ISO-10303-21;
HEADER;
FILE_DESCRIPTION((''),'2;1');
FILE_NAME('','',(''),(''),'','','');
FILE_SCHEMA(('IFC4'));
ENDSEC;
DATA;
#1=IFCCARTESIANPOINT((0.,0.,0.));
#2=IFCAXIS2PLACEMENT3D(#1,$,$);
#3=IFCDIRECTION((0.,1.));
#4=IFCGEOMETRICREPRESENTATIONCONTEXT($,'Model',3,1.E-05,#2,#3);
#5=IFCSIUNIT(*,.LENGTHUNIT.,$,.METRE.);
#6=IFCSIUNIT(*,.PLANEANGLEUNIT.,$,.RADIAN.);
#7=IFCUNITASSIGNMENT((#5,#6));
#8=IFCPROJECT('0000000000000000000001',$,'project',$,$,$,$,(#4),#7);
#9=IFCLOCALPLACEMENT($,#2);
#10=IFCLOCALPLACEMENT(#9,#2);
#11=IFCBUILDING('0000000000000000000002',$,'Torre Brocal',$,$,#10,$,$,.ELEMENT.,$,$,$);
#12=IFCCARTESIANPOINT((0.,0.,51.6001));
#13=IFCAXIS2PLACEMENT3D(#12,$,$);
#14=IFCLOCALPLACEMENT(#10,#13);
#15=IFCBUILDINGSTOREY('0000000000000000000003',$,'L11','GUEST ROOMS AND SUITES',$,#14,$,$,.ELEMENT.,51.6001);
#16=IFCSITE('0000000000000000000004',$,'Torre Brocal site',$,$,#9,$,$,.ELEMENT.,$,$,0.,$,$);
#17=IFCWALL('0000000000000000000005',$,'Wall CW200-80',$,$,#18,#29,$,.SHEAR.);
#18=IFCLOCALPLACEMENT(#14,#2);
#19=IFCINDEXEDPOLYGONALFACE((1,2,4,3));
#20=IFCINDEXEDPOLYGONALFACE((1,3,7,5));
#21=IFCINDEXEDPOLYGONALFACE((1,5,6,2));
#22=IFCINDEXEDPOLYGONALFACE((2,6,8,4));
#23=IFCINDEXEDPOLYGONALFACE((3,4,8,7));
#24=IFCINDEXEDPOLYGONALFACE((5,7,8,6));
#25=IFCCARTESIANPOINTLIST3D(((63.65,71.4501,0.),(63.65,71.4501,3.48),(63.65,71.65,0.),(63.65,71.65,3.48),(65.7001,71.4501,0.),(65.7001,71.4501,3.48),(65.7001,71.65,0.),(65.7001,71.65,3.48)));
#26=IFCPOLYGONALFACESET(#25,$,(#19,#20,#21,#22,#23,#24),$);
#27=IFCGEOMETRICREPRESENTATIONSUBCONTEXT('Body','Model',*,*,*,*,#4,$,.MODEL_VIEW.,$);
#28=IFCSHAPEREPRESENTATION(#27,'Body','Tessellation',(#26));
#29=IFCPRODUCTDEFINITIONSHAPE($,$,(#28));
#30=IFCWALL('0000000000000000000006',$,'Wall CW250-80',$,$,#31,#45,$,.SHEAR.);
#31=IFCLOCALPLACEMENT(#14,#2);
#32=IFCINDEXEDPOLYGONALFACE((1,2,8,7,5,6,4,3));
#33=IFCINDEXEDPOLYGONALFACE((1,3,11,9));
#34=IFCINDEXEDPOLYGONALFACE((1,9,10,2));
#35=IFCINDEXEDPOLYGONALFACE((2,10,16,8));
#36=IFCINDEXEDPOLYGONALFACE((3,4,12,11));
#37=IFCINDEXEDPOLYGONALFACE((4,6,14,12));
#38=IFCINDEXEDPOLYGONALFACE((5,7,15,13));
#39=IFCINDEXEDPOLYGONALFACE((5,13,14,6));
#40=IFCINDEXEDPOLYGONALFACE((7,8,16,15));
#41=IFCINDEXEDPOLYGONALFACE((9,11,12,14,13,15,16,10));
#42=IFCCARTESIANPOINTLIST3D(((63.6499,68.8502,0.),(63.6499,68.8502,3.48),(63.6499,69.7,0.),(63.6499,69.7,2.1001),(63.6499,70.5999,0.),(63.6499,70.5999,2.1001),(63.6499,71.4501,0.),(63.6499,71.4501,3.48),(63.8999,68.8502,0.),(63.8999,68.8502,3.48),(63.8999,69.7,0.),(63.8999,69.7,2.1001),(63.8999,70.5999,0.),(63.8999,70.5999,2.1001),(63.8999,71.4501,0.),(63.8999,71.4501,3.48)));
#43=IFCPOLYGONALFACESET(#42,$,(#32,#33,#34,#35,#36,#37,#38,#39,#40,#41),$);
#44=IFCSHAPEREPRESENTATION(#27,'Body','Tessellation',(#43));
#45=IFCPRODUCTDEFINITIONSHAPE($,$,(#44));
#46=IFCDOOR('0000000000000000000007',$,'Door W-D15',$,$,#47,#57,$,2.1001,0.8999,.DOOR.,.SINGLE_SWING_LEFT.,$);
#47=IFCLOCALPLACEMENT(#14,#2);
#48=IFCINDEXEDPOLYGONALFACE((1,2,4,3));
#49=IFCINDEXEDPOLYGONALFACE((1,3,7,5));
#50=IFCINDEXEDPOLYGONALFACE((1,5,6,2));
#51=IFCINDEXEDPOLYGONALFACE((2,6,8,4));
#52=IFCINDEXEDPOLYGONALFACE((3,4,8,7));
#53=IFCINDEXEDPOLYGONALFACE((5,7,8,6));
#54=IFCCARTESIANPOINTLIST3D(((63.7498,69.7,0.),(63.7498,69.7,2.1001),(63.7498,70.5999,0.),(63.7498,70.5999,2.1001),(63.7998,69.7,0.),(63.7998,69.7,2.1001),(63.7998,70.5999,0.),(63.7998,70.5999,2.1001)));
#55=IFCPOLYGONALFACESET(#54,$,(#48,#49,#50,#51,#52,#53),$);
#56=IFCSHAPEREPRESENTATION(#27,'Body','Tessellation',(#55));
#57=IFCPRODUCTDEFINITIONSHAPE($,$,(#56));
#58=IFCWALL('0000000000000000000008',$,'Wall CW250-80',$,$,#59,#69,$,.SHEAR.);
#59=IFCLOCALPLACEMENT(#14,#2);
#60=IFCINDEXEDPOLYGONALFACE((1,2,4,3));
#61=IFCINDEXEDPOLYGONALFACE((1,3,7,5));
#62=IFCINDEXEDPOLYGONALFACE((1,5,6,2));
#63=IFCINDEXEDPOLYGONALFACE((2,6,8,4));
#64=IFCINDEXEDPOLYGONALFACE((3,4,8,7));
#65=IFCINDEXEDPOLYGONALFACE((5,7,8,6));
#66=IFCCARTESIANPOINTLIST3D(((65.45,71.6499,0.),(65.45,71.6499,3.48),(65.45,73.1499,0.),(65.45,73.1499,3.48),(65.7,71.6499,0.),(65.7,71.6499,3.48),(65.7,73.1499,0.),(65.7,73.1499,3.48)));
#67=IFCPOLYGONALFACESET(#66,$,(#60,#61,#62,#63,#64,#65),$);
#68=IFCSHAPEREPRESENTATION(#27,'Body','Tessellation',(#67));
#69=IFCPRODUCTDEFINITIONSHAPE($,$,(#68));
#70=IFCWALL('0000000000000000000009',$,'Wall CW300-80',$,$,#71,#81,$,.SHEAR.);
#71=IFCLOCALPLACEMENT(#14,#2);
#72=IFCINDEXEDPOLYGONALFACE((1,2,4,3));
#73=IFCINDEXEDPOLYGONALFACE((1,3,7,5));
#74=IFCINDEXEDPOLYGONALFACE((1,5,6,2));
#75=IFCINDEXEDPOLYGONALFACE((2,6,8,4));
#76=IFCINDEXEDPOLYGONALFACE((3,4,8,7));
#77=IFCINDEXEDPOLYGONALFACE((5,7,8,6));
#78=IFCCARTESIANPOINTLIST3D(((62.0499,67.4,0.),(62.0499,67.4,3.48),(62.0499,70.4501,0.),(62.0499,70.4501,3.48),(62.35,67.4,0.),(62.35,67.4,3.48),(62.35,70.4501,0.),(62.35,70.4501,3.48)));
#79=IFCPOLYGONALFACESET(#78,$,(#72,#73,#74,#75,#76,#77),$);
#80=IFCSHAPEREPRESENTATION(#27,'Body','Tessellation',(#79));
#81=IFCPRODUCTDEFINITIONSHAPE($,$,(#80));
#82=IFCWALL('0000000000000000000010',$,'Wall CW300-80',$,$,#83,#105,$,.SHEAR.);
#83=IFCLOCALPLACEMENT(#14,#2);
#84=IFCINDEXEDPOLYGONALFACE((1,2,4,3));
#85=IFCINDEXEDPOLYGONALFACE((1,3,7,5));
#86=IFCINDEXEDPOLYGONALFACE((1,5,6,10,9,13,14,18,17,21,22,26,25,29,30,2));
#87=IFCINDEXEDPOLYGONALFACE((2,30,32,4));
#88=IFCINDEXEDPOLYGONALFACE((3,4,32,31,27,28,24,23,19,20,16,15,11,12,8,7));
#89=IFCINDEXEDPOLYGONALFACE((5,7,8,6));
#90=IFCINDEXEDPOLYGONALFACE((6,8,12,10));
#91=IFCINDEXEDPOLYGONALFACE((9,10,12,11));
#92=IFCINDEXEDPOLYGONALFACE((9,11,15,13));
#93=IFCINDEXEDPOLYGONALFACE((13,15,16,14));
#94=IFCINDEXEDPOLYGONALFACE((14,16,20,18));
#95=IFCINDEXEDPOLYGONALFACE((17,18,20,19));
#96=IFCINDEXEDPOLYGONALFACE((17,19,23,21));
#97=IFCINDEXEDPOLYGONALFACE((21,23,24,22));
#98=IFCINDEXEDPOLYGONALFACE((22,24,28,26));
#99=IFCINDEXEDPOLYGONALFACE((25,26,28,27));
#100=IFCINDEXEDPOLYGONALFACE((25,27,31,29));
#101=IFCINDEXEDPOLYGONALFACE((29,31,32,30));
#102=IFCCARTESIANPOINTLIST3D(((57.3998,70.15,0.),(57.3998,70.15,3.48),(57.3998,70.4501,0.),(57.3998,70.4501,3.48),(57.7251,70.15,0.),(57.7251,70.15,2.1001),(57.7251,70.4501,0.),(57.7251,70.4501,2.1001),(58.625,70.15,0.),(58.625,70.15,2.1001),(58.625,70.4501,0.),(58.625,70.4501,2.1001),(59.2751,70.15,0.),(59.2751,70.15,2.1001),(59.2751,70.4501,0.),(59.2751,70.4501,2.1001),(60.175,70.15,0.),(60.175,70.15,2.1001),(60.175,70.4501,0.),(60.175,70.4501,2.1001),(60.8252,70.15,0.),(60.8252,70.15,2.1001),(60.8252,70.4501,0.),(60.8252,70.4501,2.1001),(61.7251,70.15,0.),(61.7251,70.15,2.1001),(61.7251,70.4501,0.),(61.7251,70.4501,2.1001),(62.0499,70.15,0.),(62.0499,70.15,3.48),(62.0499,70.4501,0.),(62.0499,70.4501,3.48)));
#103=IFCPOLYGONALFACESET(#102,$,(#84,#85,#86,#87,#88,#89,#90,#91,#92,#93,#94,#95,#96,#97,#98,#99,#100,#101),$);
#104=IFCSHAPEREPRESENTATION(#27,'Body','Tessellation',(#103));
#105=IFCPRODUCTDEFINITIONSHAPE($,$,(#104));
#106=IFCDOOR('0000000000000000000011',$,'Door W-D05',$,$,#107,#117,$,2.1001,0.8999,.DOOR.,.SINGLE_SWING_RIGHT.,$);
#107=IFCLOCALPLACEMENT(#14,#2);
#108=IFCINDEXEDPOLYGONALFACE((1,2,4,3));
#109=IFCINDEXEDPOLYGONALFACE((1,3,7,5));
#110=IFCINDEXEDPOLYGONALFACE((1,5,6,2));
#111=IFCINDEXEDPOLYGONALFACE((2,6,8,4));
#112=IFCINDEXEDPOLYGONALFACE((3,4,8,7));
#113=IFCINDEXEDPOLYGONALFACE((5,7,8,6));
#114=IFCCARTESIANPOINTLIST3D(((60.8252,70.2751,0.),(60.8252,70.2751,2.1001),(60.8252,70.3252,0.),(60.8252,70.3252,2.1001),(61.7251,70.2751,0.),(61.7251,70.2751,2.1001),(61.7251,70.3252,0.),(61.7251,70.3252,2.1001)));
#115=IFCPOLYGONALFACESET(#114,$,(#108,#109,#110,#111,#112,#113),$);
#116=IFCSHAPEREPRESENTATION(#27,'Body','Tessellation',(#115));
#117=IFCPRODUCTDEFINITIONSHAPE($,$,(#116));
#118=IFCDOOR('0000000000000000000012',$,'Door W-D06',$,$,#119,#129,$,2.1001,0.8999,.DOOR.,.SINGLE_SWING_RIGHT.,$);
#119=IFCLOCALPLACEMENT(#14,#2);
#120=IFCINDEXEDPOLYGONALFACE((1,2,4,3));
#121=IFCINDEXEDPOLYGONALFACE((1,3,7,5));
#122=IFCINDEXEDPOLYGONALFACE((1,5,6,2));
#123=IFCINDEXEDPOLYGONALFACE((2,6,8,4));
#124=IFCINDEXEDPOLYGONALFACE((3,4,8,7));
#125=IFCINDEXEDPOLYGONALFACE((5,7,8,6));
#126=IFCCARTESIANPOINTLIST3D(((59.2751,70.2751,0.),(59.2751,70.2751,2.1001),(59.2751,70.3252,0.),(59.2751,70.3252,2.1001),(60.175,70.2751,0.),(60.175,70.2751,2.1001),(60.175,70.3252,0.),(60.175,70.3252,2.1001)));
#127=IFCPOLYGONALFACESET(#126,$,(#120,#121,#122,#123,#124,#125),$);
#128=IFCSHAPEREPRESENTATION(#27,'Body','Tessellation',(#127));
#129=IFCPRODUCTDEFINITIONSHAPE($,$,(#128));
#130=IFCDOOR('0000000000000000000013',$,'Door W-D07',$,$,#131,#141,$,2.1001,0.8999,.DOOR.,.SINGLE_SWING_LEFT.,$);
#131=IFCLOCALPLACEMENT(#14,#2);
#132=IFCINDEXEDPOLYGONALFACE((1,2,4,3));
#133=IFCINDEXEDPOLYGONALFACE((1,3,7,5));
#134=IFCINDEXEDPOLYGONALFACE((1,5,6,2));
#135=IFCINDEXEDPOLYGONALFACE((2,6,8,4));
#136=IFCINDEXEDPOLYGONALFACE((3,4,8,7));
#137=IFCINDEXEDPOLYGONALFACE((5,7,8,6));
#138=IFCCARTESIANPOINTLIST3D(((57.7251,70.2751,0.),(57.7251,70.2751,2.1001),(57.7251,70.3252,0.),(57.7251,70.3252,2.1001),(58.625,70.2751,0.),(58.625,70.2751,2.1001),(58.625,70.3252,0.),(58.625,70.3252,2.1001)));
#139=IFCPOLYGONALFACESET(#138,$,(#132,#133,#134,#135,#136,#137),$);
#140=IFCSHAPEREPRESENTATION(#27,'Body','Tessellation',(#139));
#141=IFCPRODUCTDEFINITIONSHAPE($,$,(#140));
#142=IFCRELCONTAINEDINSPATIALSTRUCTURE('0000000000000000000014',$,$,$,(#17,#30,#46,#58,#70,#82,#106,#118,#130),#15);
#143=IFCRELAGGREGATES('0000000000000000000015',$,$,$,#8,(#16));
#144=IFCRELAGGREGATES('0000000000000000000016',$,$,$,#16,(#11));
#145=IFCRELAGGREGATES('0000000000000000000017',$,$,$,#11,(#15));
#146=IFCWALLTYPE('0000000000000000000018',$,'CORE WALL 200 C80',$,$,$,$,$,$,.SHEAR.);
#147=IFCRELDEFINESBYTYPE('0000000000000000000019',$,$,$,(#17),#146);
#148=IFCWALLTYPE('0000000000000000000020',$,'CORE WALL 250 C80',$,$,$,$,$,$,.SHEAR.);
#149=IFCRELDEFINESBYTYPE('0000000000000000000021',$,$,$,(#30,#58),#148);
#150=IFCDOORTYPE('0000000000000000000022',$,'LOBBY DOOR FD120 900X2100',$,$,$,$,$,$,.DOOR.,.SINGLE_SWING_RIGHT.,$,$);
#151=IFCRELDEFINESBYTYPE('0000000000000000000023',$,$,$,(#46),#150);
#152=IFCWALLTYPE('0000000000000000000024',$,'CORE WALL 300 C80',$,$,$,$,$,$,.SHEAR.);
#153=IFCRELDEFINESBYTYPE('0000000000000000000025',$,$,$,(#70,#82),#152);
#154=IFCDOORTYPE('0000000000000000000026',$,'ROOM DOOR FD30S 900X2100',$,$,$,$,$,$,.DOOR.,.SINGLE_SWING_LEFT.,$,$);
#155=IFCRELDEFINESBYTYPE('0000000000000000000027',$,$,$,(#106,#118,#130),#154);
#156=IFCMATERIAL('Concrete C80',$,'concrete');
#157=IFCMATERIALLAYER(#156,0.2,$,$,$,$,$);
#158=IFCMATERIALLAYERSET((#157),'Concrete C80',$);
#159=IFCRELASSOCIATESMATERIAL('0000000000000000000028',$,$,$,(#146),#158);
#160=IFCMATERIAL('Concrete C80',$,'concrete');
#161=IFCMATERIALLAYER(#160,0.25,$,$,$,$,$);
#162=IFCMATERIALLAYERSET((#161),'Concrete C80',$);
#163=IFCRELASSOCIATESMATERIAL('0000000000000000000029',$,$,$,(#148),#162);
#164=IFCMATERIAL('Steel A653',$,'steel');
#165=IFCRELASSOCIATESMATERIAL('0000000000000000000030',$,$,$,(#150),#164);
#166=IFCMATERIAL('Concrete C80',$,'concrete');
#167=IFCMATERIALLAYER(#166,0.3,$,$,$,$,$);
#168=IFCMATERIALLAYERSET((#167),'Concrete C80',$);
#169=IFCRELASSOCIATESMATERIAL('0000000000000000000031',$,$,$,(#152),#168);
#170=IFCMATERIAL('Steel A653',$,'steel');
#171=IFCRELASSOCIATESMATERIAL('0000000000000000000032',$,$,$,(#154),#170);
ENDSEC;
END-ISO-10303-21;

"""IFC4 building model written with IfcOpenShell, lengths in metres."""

from ifc_helpers import new_model, si_unit, direction, frame, frame_2d, origin, place, context, subcontext, project, spatial, rectangle, extrude, material, layer, layer_set, type_object, element, fill, save


model = new_model("IFC4")

# Units and contexts
model_context = context("Model", 3, precision=1e-05, world=origin(), true_north=direction((0.0, 1.0)))
body_context = subcontext(model_context, "Body", "Model", "MODEL_VIEW")
ifc_project = project(units=[si_unit("LENGTHUNIT", "METRE"), si_unit("PLANEANGLEUNIT", "RADIAN")], contexts=[model_context])

# Site, building, storey
site_placement = place(None, origin())
site = spatial("IfcSite", under=ifc_project, at=site_placement, Name="Torre Brocal site", CompositionType="ELEMENT", RefElevation=0.0)
building_placement = place(site_placement, origin())
building = spatial("IfcBuilding", under=site, at=building_placement, Name="Torre Brocal", CompositionType="ELEMENT")
storey_placement = place(building_placement, frame((0.0, 0.0, 51.6001)))
storey = spatial("IfcBuildingStorey", under=building, at=storey_placement, Name="L11", Description="GUEST ROOMS AND SUITES", CompositionType="ELEMENT", Elevation=51.6001)

# Wall
ifc_material_1 = material(Name="Concrete C80", Category="concrete")
ifc_layer_1 = layer(ifc_material_1, 0.2)
ifc_layer_set_1 = layer_set([ifc_layer_1], Name="Concrete C80")
wall_type_1 = type_object("IfcWallType", Name="CORE WALL 200 C80", PredefinedType="SHEAR", material=ifc_layer_set_1)
wall_1_placement = place(storey_placement, frame((65.7, 71.55, 0.0), z_axis=(0.0, 0.0, 1.0), x_axis=(-1.0, 0.0, 0.0)))
element("IfcWall", 1, at=wall_1_placement, inside=storey, type_object=wall_type_1, Name="Wall CW200-80", PredefinedType="SHEAR", context=body_context, shape_type="SweptSolid", body=[
    extrude(rectangle(XDim=2.05, YDim=0.2, at=frame_2d((1.0249, 0.0))), origin(), (0.0, 0.0, 1.0), 3.48),
])

# Wall, opening, door
ifc_material_2 = material(Name="Concrete C80", Category="concrete")
ifc_layer_2 = layer(ifc_material_2, 0.25)
ifc_layer_set_2 = layer_set([ifc_layer_2], Name="Concrete C80")
wall_type_2 = type_object("IfcWallType", Name="CORE WALL 250 C80", PredefinedType="SHEAR", material=ifc_layer_set_2)
wall_2_placement = place(storey_placement, frame((63.7749, 71.45, 0.0), z_axis=(0.0, 0.0, 1.0), x_axis=(0.0, -1.0, 0.0)))
wall_2 = element("IfcWall", 2, at=wall_2_placement, inside=storey, type_object=wall_type_2, Name="Wall CW250-80", PredefinedType="SHEAR", context=body_context, shape_type="SweptSolid", body=[
    extrude(rectangle(XDim=2.5999, YDim=0.25, at=frame_2d((1.2998, 0.0))), origin(), (0.0, 0.0, 1.0), 3.48),
])
opening_1_placement = place(wall_2_placement, frame((0.8501, 0.0, 0.0)))
opening_1 = element("IfcOpeningElement", 3, at=opening_1_placement, cuts=wall_2, PredefinedType="OPENING", context=body_context, shape_type="SweptSolid", body=[
    extrude(rectangle(XDim=0.8999, YDim=2.1001, at=frame_2d((0.45, 1.05))), frame((0.0, 0.135, 0.0), z_axis=(0.0, -1.0, 0.0), x_axis=(1.0, 0.0, 0.0)), (0.0, 0.0, 1.0), 0.27),
])
ifc_material_3 = material(Name="Steel A653", Category="steel")
door_type_1 = type_object("IfcDoorType", Name="LOBBY DOOR FD120 900X2100", OperationType="SINGLE_SWING_RIGHT", PredefinedType="DOOR", material=ifc_material_3)
door_1_placement = place(opening_1_placement, origin())
door_1 = element("IfcDoor", 4, at=door_1_placement, inside=storey, type_object=door_type_1, Name="Door W-D15", OperationType="SINGLE_SWING_LEFT", OverallHeight=2.1001, OverallWidth=0.8999, PredefinedType="DOOR", context=body_context, shape_type="SweptSolid", body=[
    extrude(rectangle(XDim=0.8999, YDim=2.1001, at=frame_2d((0.45, 1.05))), frame((0.0, 0.0249, 0.0), z_axis=(0.0, -1.0, 0.0), x_axis=(1.0, 0.0, 0.0)), (0.0, 0.0, 1.0), 0.05),
])
fill(opening_1, door_1)

# Walls
wall_3_placement = place(storey_placement, frame((65.575, 73.1499, 0.0), z_axis=(0.0, 0.0, 1.0), x_axis=(0.0, -1.0, 0.0)))
element("IfcWall", 5, at=wall_3_placement, inside=storey, type_object=wall_type_2, Name="Wall CW250-80", PredefinedType="SHEAR", context=body_context, shape_type="SweptSolid", body=[
    extrude(rectangle(XDim=1.5, YDim=0.25, at=frame_2d((0.75, 0.0))), origin(), (0.0, 0.0, 1.0), 3.48),
])
ifc_material_4 = material(Name="Concrete C80", Category="concrete")
ifc_layer_3 = layer(ifc_material_4, 0.3)
ifc_layer_set_3 = layer_set([ifc_layer_3], Name="Concrete C80")
wall_type_3 = type_object("IfcWallType", Name="CORE WALL 300 C80", PredefinedType="SHEAR", material=ifc_layer_set_3)
wall_4_placement = place(storey_placement, frame((62.2, 70.45, 0.0), z_axis=(0.0, 0.0, 1.0), x_axis=(0.0, -1.0, 0.0)))
element("IfcWall", 6, at=wall_4_placement, inside=storey, type_object=wall_type_3, Name="Wall CW300-80", PredefinedType="SHEAR", context=body_context, shape_type="SweptSolid", body=[
    extrude(rectangle(XDim=3.05, YDim=0.3, at=frame_2d((1.5249, 0.0))), origin(), (0.0, 0.0, 1.0), 3.48),
])

# Wall, openings, doors
wall_5_placement = place(storey_placement, frame((62.05, 70.3, 0.0), z_axis=(0.0, 0.0, 1.0), x_axis=(-1.0, 0.0, 0.0)))
wall_5 = element("IfcWall", 7, at=wall_5_placement, inside=storey, type_object=wall_type_3, Name="Wall CW300-80", PredefinedType="SHEAR", context=body_context, shape_type="SweptSolid", body=[
    extrude(rectangle(XDim=4.6501, YDim=0.3, at=frame_2d((2.3252, 0.0))), origin(), (0.0, 0.0, 1.0), 3.48),
])
opening_2_placement = place(wall_5_placement, frame((0.325, 0.0, 0.0)))
opening_2 = element("IfcOpeningElement", 8, at=opening_2_placement, cuts=wall_5, PredefinedType="OPENING", context=body_context, shape_type="SweptSolid", body=[
    extrude(rectangle(XDim=0.8999, YDim=2.1001, at=frame_2d((0.45, 1.05))), frame((0.0, 0.1599, 0.0), z_axis=(0.0, -1.0, 0.0), x_axis=(1.0, 0.0, 0.0)), (0.0, 0.0, 1.0), 0.3201),
])
opening_3_placement = place(wall_5_placement, frame((1.875, 0.0, 0.0)))
opening_3 = element("IfcOpeningElement", 9, at=opening_3_placement, cuts=wall_5, PredefinedType="OPENING", context=body_context, shape_type="SweptSolid", body=[
    extrude(rectangle(XDim=0.8999, YDim=2.1001, at=frame_2d((0.45, 1.05))), frame((0.0, 0.1599, 0.0), z_axis=(0.0, -1.0, 0.0), x_axis=(1.0, 0.0, 0.0)), (0.0, 0.0, 1.0), 0.3201),
])
opening_4_placement = place(wall_5_placement, frame((3.425, 0.0, 0.0)))
opening_4 = element("IfcOpeningElement", 10, at=opening_4_placement, cuts=wall_5, PredefinedType="OPENING", context=body_context, shape_type="SweptSolid", body=[
    extrude(rectangle(XDim=0.8999, YDim=2.1001, at=frame_2d((0.45, 1.05))), frame((0.0, 0.1599, 0.0), z_axis=(0.0, -1.0, 0.0), x_axis=(1.0, 0.0, 0.0)), (0.0, 0.0, 1.0), 0.3201),
])
ifc_material_5 = material(Name="Steel A653", Category="steel")
door_type_2 = type_object("IfcDoorType", Name="ROOM DOOR FD30S 900X2100", OperationType="SINGLE_SWING_LEFT", PredefinedType="DOOR", material=ifc_material_5)
door_2_placement = place(opening_2_placement, origin())
door_2 = element("IfcDoor", 11, at=door_2_placement, inside=storey, type_object=door_type_2, Name="Door W-D05", OperationType="SINGLE_SWING_RIGHT", OverallHeight=2.1001, OverallWidth=0.8999, PredefinedType="DOOR", context=body_context, shape_type="SweptSolid", body=[
    extrude(rectangle(XDim=0.8999, YDim=2.1001, at=frame_2d((0.45, 1.05))), frame((0.0, 0.0249, 0.0), z_axis=(0.0, -1.0, 0.0), x_axis=(1.0, 0.0, 0.0)), (0.0, 0.0, 1.0), 0.05),
])
fill(opening_2, door_2)
door_3_placement = place(opening_3_placement, origin())
door_3 = element("IfcDoor", 12, at=door_3_placement, inside=storey, type_object=door_type_2, Name="Door W-D06", OperationType="SINGLE_SWING_RIGHT", OverallHeight=2.1001, OverallWidth=0.8999, PredefinedType="DOOR", context=body_context, shape_type="SweptSolid", body=[
    extrude(rectangle(XDim=0.8999, YDim=2.1001, at=frame_2d((0.45, 1.05))), frame((0.0, 0.0249, 0.0), z_axis=(0.0, -1.0, 0.0), x_axis=(1.0, 0.0, 0.0)), (0.0, 0.0, 1.0), 0.05),
])
fill(opening_3, door_3)
door_4_placement = place(opening_4_placement, origin())
door_4 = element("IfcDoor", 13, at=door_4_placement, inside=storey, type_object=door_type_2, Name="Door W-D07", OperationType="SINGLE_SWING_LEFT", OverallHeight=2.1001, OverallWidth=0.8999, PredefinedType="DOOR", context=body_context, shape_type="SweptSolid", body=[
    extrude(rectangle(XDim=0.8999, YDim=2.1001, at=frame_2d((0.45, 1.05))), frame((0.0, 0.0249, 0.0), z_axis=(0.0, -1.0, 0.0), x_axis=(1.0, 0.0, 0.0)), (0.0, 0.0, 1.0), 0.05),
])
fill(opening_4, door_4)

save(model, "model.ifc")
